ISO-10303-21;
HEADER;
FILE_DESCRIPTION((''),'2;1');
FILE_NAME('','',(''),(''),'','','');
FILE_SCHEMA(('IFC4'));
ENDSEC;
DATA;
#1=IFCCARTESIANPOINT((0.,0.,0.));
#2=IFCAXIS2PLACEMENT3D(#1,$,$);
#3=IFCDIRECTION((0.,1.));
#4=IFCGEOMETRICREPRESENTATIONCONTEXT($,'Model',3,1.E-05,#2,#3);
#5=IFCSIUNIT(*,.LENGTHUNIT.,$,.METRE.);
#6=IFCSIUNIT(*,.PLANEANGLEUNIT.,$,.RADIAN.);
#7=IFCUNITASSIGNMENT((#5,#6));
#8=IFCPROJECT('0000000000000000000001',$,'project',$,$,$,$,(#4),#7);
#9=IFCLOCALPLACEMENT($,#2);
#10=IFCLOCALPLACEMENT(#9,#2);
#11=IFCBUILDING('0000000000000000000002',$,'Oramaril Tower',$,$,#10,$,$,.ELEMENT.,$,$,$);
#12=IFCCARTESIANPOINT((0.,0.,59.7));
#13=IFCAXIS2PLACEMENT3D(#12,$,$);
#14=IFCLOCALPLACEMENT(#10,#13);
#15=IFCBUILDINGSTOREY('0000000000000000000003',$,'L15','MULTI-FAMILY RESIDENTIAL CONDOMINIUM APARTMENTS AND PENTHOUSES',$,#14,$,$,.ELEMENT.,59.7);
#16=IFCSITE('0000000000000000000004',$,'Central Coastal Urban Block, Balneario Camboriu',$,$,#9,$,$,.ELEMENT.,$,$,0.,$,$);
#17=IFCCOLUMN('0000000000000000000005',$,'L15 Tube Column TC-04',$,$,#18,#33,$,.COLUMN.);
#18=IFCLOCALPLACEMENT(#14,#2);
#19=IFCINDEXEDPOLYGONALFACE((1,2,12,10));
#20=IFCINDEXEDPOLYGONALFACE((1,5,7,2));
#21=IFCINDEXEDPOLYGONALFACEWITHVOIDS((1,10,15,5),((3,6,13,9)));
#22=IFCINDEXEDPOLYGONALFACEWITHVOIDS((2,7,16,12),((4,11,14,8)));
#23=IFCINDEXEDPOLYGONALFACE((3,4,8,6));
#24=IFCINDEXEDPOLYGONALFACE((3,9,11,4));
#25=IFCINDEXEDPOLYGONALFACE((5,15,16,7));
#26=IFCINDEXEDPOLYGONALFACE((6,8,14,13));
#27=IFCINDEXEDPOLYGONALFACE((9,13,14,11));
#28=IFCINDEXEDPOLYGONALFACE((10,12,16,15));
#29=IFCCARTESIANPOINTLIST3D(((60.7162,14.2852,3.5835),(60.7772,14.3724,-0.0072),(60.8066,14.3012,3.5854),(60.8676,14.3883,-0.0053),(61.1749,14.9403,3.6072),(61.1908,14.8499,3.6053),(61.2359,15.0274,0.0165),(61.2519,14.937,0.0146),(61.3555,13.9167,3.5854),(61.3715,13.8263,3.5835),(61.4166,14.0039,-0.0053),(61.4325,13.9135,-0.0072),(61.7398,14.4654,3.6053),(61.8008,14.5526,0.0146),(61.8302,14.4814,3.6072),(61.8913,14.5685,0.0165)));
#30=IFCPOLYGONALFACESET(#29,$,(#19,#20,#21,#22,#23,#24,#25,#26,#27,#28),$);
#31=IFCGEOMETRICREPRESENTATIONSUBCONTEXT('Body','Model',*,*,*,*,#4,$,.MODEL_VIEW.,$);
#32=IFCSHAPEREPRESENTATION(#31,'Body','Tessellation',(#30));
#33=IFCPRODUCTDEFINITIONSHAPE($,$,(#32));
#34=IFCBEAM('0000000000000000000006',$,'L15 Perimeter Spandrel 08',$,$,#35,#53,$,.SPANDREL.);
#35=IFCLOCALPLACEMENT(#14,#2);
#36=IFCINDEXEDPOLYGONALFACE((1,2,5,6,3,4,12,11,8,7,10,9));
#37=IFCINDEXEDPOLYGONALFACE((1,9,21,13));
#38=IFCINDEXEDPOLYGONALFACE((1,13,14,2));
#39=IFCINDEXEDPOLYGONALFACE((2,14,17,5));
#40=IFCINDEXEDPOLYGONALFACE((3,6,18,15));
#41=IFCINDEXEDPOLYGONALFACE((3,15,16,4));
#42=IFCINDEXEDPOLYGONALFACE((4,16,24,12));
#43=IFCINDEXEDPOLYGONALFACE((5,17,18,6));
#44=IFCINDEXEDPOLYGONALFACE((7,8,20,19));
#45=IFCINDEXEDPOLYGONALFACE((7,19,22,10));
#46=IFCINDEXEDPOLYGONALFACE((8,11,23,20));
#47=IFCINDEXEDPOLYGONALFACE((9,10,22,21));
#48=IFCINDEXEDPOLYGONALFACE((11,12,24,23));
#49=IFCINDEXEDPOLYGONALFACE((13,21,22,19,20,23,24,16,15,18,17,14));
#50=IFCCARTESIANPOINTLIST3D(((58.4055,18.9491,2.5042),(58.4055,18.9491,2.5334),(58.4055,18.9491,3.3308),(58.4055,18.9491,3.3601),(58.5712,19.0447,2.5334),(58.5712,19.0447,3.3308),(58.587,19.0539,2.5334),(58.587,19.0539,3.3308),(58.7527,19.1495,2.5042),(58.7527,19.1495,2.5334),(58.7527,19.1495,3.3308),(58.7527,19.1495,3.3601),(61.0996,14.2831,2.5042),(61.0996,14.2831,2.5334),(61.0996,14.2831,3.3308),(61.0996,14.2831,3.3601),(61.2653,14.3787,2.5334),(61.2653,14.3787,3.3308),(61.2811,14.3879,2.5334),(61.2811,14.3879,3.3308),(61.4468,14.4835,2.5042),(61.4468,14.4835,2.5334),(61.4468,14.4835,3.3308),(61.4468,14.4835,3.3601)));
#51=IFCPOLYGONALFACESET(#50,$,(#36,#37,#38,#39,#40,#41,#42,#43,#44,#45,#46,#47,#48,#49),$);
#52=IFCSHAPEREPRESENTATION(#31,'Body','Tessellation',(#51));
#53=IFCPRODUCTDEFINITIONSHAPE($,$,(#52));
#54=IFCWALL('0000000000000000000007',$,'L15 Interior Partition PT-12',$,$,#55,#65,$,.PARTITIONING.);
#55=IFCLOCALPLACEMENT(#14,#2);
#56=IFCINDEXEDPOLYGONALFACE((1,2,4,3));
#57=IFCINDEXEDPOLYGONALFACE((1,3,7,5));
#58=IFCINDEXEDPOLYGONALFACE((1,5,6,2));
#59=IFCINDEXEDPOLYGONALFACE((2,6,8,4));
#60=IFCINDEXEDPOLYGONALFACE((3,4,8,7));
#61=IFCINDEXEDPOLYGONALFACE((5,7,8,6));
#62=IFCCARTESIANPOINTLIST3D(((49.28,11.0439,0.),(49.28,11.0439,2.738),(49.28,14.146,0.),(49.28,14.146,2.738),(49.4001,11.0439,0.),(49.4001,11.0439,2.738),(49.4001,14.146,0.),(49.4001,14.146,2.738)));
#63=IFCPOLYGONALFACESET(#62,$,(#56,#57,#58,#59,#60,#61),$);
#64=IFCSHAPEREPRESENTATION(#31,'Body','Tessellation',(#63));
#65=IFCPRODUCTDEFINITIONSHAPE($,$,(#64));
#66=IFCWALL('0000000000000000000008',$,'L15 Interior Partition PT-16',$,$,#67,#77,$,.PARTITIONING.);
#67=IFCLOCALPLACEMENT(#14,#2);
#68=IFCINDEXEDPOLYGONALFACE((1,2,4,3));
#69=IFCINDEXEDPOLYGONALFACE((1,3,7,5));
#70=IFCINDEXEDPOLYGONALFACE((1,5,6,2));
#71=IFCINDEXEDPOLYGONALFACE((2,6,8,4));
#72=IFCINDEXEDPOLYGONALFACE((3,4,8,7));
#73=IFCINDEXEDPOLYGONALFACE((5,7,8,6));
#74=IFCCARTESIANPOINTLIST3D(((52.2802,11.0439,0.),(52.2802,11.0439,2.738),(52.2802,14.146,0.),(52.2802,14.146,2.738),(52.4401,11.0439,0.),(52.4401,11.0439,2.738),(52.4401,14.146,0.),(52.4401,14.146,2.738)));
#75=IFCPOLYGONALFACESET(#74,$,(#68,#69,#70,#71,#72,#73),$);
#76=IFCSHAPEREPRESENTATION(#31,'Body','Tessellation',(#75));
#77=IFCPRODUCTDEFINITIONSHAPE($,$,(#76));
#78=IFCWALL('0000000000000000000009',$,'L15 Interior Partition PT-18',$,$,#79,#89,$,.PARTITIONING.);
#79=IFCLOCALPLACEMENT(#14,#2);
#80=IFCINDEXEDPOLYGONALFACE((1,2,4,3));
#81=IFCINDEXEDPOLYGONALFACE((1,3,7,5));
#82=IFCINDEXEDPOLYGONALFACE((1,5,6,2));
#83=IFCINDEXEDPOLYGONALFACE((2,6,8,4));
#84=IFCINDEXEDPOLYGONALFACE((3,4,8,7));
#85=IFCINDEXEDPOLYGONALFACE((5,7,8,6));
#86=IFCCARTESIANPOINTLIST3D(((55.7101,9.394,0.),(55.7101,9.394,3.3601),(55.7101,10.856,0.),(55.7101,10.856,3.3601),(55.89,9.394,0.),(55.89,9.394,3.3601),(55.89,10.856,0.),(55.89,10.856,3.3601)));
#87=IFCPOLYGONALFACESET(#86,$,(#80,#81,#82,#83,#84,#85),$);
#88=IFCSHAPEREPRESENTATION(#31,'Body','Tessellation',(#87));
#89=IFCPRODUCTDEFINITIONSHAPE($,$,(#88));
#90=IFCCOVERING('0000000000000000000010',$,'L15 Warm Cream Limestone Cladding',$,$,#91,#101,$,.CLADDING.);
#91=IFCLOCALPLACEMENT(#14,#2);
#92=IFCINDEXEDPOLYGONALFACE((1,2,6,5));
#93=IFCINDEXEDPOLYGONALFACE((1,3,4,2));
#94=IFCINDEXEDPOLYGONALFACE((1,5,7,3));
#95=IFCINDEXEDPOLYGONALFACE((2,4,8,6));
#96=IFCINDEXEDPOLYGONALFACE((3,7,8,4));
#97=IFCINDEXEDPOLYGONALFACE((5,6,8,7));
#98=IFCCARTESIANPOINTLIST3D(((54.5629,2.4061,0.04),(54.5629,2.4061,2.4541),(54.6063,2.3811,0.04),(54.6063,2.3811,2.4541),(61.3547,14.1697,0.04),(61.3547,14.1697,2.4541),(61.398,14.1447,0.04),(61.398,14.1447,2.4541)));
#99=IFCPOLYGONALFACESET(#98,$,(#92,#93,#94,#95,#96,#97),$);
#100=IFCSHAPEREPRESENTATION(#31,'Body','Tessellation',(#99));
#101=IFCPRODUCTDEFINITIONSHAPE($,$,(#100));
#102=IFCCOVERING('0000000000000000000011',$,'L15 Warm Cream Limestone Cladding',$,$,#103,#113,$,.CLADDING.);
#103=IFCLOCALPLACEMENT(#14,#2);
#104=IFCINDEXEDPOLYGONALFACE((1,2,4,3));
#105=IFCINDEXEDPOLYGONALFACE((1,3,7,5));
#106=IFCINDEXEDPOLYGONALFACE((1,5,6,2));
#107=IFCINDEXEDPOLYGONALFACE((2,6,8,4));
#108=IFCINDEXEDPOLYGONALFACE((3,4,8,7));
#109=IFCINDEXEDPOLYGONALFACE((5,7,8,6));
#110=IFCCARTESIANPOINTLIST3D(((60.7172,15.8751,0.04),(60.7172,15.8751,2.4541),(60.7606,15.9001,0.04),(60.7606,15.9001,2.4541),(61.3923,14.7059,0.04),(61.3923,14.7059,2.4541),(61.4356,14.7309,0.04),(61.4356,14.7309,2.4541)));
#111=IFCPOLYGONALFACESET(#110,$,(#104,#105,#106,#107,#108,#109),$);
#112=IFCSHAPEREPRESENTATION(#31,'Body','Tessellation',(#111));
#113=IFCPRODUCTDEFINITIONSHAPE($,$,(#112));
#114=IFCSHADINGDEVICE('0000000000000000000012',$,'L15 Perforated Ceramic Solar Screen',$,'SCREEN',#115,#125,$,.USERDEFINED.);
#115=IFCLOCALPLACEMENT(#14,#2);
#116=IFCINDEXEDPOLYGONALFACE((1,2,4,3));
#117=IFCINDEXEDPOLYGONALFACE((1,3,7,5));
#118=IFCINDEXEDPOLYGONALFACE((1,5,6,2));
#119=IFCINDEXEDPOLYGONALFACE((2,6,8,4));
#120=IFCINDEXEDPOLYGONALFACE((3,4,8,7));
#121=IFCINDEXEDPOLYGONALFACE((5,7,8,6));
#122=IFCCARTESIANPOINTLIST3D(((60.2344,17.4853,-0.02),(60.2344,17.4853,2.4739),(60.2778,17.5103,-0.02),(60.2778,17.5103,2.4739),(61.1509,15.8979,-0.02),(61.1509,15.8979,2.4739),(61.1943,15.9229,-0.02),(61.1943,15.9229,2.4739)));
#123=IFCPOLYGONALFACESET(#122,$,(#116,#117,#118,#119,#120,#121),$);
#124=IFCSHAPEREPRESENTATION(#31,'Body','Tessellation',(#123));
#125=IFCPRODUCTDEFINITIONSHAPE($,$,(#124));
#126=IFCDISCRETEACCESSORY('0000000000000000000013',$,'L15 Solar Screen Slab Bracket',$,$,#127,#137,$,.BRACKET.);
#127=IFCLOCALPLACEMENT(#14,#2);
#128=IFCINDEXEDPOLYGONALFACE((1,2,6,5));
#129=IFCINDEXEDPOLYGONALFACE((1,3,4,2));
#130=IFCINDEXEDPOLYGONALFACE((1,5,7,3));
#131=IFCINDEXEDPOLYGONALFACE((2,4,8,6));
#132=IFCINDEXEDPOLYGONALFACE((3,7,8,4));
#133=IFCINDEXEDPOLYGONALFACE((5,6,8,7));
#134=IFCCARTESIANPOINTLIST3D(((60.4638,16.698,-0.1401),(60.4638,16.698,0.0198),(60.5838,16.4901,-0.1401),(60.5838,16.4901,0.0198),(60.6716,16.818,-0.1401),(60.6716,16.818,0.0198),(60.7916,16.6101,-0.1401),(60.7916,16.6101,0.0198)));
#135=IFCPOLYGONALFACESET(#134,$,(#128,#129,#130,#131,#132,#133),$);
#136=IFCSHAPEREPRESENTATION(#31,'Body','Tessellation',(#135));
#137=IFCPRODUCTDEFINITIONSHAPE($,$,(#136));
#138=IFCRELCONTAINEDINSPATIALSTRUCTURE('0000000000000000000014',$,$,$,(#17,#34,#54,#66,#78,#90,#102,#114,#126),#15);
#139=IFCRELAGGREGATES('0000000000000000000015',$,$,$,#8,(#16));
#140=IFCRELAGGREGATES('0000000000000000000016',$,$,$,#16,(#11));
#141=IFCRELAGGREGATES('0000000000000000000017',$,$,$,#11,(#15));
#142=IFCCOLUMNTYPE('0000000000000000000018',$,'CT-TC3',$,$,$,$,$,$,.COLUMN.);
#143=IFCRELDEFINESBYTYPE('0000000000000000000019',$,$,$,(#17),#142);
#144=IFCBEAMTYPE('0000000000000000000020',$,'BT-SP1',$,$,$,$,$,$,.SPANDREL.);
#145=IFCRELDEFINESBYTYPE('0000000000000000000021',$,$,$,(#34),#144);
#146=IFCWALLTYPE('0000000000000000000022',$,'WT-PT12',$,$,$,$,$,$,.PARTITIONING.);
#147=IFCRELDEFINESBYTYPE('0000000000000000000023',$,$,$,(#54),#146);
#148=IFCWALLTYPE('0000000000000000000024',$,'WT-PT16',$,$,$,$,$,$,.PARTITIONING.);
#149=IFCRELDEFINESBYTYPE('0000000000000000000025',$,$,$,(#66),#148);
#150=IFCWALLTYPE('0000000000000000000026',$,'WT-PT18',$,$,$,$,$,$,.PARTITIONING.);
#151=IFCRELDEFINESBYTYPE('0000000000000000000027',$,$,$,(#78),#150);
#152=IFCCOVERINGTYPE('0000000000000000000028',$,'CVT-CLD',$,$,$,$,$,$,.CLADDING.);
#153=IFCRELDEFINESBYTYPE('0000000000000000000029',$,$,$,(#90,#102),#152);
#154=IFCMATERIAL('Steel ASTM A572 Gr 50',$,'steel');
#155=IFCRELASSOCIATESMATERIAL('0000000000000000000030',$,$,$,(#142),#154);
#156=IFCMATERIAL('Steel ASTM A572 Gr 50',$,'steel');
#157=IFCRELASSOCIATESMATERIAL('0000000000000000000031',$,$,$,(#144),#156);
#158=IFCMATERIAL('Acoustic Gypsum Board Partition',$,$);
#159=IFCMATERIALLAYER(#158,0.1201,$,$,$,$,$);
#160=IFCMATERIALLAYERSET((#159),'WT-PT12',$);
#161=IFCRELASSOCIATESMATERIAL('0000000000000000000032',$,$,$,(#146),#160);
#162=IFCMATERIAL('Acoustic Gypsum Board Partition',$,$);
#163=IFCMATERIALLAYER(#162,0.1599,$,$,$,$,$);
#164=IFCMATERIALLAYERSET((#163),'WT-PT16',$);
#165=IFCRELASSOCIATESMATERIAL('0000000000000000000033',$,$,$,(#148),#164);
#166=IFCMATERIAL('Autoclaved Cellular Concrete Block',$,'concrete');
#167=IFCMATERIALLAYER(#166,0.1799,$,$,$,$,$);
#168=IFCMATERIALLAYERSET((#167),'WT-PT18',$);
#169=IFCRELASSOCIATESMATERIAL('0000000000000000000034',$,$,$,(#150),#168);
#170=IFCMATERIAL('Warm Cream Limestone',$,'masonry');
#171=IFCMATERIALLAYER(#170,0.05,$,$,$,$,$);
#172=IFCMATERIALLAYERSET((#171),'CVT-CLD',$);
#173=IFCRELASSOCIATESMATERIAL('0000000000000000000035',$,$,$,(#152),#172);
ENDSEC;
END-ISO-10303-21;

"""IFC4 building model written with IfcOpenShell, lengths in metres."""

from ifc_helpers import new_model, si_unit, direction, frame, frame_2d, origin, origin_2d, place, context, subcontext, project, spatial, rectangle, hollow_rectangle, i_section, extrude, material, layer, layer_set, material_profile, profile_set, type_object, element, save


model = new_model("IFC4")

# Units and contexts
model_context = context("Model", 3, precision=1e-05, world=origin(), true_north=direction((0.0, 1.0)))
body_context = subcontext(model_context, "Body", "Model", "MODEL_VIEW")
ifc_project = project(units=[si_unit("LENGTHUNIT", "METRE"), si_unit("PLANEANGLEUNIT", "RADIAN")], contexts=[model_context])

# Site, building, storey
site_placement = place(None, origin())
site = spatial("IfcSite", under=ifc_project, at=site_placement, Name="Central Coastal Urban Block, Balneario Camboriu", CompositionType="ELEMENT", RefElevation=0.0)
building_placement = place(site_placement, origin())
building = spatial("IfcBuilding", under=site, at=building_placement, Name="Oramaril Tower", CompositionType="ELEMENT")
storey_placement = place(building_placement, frame((0.0, 0.0, 59.7)))
storey = spatial("IfcBuildingStorey", under=building, at=storey_placement, Name="L15", Description="MULTI-FAMILY RESIDENTIAL CONDOMINIUM APARTMENTS AND PENTHOUSES", CompositionType="ELEMENT", Elevation=59.7)

# Column
ifc_material_1 = material(Name="Steel ASTM A572 Gr 50", Category="steel")
ifc_material_profile_1 = material_profile(ifc_material_1, hollow_rectangle(XDim=0.8, YDim=0.8, WallThickness=0.0649, at=origin_2d()), Name="BOX800X800X65")
ifc_profile_set_1 = profile_set([ifc_material_profile_1], Name="Steel ASTM A572 Gr 50")
column_type = type_object("IfcColumnType", Name="CT-TC3", PredefinedType="COLUMN", material=ifc_profile_set_1)
column_placement = place(storey_placement, frame((61.3342, 14.4705, 0.0046), z_axis=(-0.01699, -0.024262, 0.999561), x_axis=(0.819124, -0.573616, 0.0)))
element("IfcColumn", 1, at=column_placement, inside=storey, type_object=column_type, Name="L15 Tube Column TC-04", PredefinedType="COLUMN", context=body_context, shape_type="SweptSolid", body=[
    extrude(hollow_rectangle(XDim=0.8, YDim=0.8, WallThickness=0.0649, at=origin_2d()), origin(), (0.0, 0.0, 1.0), 3.5923),
])

# Beam
ifc_material_2 = material(Name="Steel ASTM A572 Gr 50", Category="steel")
ifc_material_profile_2 = material_profile(ifc_material_2, i_section(OverallWidth=0.4009, OverallDepth=0.856, WebThickness=0.0183, FlangeThickness=0.0293, at=origin_2d()), Name="W33X201")
ifc_profile_set_2 = profile_set([ifc_material_profile_2], Name="Steel ASTM A572 Gr 50")
beam_type = type_object("IfcBeamType", Name="BT-SP1", PredefinedType="SPANDREL", material=ifc_profile_set_2)
beam_placement = place(storey_placement, frame((61.2732, 14.3833, 2.9321), z_axis=(-0.500023, 0.866012, 0.0), x_axis=(-0.866012, -0.500023, 0.0)))
element("IfcBeam", 2, at=beam_placement, inside=storey, type_object=beam_type, Name="L15 Perimeter Spandrel 08", PredefinedType="SPANDREL", context=body_context, shape_type="SweptSolid", body=[
    extrude(i_section(OverallWidth=0.4009, OverallDepth=0.856, WebThickness=0.0183, FlangeThickness=0.0293, at=origin_2d()), origin(), (0.0, 0.0, 1.0), 5.3879),
])

# Walls
ifc_material_3 = material(Name="Acoustic Gypsum Board Partition")
ifc_layer_1 = layer(ifc_material_3, 0.1201)
ifc_layer_set_1 = layer_set([ifc_layer_1], Name="WT-PT12")
wall_type_1 = type_object("IfcWallType", Name="WT-PT12", PredefinedType="PARTITIONING", material=ifc_layer_set_1)
wall_1_placement = place(storey_placement, frame((49.3401, 11.0439, 0.0), z_axis=(0.0, 0.0, 1.0), x_axis=(0.0, 1.0, 0.0)))
element("IfcWall", 3, at=wall_1_placement, inside=storey, type_object=wall_type_1, Name="L15 Interior Partition PT-12", PredefinedType="PARTITIONING", context=body_context, shape_type="SweptSolid", body=[
    extrude(rectangle(XDim=3.1021, YDim=0.1201, at=frame_2d((1.551, 0.0))), origin(), (0.0, 0.0, 1.0), 2.738),
])
ifc_material_4 = material(Name="Acoustic Gypsum Board Partition")
ifc_layer_2 = layer(ifc_material_4, 0.1599)
ifc_layer_set_2 = layer_set([ifc_layer_2], Name="WT-PT16")
wall_type_2 = type_object("IfcWallType", Name="WT-PT16", PredefinedType="PARTITIONING", material=ifc_layer_set_2)
wall_2_placement = place(storey_placement, frame((52.3601, 11.0439, 0.0), z_axis=(0.0, 0.0, 1.0), x_axis=(0.0, 1.0, 0.0)))
element("IfcWall", 4, at=wall_2_placement, inside=storey, type_object=wall_type_2, Name="L15 Interior Partition PT-16", PredefinedType="PARTITIONING", context=body_context, shape_type="SweptSolid", body=[
    extrude(rectangle(XDim=3.1021, YDim=0.1599, at=frame_2d((1.551, 0.0))), origin(), (0.0, 0.0, 1.0), 2.738),
])
ifc_material_5 = material(Name="Autoclaved Cellular Concrete Block", Category="concrete")
ifc_layer_3 = layer(ifc_material_5, 0.1799)
ifc_layer_set_3 = layer_set([ifc_layer_3], Name="WT-PT18")
wall_type_3 = type_object("IfcWallType", Name="WT-PT18", PredefinedType="PARTITIONING", material=ifc_layer_set_3)
wall_3_placement = place(storey_placement, frame((55.8, 9.394, 0.0), z_axis=(0.0, 0.0, 1.0), x_axis=(0.0, 1.0, 0.0)))
element("IfcWall", 5, at=wall_3_placement, inside=storey, type_object=wall_type_3, Name="L15 Interior Partition PT-18", PredefinedType="PARTITIONING", context=body_context, shape_type="SweptSolid", body=[
    extrude(rectangle(XDim=1.4619, YDim=0.1799, at=frame_2d((0.731, 0.0))), origin(), (0.0, 0.0, 1.0), 3.3601),
])

# Coverings
ifc_material_6 = material(Name="Warm Cream Limestone", Category="masonry")
ifc_layer_4 = layer(ifc_material_6, 0.05)
ifc_layer_set_4 = layer_set([ifc_layer_4], Name="CVT-CLD")
covering_type = type_object("IfcCoveringType", Name="CVT-CLD", PredefinedType="CLADDING", material=ifc_layer_set_4)
covering_1_placement = place(storey_placement, frame((57.9805, 8.2754, 0.04), z_axis=(0.0, 0.0, 1.0), x_axis=(0.500002, 0.866025, 0.0)))
element("IfcCovering", 6, at=covering_1_placement, inside=storey, type_object=covering_type, Name="L15 Warm Cream Limestone Cladding", PredefinedType="CLADDING", context=body_context, shape_type="SweptSolid", body=[
    extrude(rectangle(XDim=13.5835, YDim=0.05, at=origin_2d()), origin(), (0.0, 0.0, 1.0), 2.4141),
])
covering_2_placement = place(storey_placement, frame((61.0764, 15.303, 0.04), z_axis=(0.0, 0.0, 1.0), x_axis=(-0.499998, 0.866026, 0.0)))
element("IfcCovering", 7, at=covering_2_placement, inside=storey, type_object=covering_type, Name="L15 Warm Cream Limestone Cladding", PredefinedType="CLADDING", context=body_context, shape_type="SweptSolid", body=[
    extrude(rectangle(XDim=1.3501, YDim=0.05, at=origin_2d()), origin(), (0.0, 0.0, 1.0), 2.4141),
])

# Shading device
shading_device_placement = place(storey_placement, frame((60.7144, 16.7041, -0.02), z_axis=(0.0, 0.0, 1.0), x_axis=(-0.499998, 0.866026, 0.0)))
element("IfcShadingDevice", 8, at=shading_device_placement, inside=storey, Name="L15 Perforated Ceramic Solar Screen", ObjectType="SCREEN", PredefinedType="USERDEFINED", context=body_context, shape_type="SweptSolid", body=[
    extrude(rectangle(XDim=1.833, YDim=0.05, at=origin_2d()), origin(), (0.0, 0.0, 1.0), 2.4939),
])

# Discrete accessory
discrete_accessory_placement = place(storey_placement, frame((60.6277, 16.6541, -0.1401), z_axis=(0.0, 0.0, 1.0), x_axis=(-0.499998, 0.866026, 0.0)))
element("IfcDiscreteAccessory", 9, at=discrete_accessory_placement, inside=storey, Name="L15 Solar Screen Slab Bracket", PredefinedType="BRACKET", context=body_context, shape_type="SweptSolid", body=[
    extrude(rectangle(XDim=0.24, YDim=0.24, at=origin_2d()), origin(), (0.0, 0.0, 1.0), 0.1599),
])

save(model, "model.ifc")
